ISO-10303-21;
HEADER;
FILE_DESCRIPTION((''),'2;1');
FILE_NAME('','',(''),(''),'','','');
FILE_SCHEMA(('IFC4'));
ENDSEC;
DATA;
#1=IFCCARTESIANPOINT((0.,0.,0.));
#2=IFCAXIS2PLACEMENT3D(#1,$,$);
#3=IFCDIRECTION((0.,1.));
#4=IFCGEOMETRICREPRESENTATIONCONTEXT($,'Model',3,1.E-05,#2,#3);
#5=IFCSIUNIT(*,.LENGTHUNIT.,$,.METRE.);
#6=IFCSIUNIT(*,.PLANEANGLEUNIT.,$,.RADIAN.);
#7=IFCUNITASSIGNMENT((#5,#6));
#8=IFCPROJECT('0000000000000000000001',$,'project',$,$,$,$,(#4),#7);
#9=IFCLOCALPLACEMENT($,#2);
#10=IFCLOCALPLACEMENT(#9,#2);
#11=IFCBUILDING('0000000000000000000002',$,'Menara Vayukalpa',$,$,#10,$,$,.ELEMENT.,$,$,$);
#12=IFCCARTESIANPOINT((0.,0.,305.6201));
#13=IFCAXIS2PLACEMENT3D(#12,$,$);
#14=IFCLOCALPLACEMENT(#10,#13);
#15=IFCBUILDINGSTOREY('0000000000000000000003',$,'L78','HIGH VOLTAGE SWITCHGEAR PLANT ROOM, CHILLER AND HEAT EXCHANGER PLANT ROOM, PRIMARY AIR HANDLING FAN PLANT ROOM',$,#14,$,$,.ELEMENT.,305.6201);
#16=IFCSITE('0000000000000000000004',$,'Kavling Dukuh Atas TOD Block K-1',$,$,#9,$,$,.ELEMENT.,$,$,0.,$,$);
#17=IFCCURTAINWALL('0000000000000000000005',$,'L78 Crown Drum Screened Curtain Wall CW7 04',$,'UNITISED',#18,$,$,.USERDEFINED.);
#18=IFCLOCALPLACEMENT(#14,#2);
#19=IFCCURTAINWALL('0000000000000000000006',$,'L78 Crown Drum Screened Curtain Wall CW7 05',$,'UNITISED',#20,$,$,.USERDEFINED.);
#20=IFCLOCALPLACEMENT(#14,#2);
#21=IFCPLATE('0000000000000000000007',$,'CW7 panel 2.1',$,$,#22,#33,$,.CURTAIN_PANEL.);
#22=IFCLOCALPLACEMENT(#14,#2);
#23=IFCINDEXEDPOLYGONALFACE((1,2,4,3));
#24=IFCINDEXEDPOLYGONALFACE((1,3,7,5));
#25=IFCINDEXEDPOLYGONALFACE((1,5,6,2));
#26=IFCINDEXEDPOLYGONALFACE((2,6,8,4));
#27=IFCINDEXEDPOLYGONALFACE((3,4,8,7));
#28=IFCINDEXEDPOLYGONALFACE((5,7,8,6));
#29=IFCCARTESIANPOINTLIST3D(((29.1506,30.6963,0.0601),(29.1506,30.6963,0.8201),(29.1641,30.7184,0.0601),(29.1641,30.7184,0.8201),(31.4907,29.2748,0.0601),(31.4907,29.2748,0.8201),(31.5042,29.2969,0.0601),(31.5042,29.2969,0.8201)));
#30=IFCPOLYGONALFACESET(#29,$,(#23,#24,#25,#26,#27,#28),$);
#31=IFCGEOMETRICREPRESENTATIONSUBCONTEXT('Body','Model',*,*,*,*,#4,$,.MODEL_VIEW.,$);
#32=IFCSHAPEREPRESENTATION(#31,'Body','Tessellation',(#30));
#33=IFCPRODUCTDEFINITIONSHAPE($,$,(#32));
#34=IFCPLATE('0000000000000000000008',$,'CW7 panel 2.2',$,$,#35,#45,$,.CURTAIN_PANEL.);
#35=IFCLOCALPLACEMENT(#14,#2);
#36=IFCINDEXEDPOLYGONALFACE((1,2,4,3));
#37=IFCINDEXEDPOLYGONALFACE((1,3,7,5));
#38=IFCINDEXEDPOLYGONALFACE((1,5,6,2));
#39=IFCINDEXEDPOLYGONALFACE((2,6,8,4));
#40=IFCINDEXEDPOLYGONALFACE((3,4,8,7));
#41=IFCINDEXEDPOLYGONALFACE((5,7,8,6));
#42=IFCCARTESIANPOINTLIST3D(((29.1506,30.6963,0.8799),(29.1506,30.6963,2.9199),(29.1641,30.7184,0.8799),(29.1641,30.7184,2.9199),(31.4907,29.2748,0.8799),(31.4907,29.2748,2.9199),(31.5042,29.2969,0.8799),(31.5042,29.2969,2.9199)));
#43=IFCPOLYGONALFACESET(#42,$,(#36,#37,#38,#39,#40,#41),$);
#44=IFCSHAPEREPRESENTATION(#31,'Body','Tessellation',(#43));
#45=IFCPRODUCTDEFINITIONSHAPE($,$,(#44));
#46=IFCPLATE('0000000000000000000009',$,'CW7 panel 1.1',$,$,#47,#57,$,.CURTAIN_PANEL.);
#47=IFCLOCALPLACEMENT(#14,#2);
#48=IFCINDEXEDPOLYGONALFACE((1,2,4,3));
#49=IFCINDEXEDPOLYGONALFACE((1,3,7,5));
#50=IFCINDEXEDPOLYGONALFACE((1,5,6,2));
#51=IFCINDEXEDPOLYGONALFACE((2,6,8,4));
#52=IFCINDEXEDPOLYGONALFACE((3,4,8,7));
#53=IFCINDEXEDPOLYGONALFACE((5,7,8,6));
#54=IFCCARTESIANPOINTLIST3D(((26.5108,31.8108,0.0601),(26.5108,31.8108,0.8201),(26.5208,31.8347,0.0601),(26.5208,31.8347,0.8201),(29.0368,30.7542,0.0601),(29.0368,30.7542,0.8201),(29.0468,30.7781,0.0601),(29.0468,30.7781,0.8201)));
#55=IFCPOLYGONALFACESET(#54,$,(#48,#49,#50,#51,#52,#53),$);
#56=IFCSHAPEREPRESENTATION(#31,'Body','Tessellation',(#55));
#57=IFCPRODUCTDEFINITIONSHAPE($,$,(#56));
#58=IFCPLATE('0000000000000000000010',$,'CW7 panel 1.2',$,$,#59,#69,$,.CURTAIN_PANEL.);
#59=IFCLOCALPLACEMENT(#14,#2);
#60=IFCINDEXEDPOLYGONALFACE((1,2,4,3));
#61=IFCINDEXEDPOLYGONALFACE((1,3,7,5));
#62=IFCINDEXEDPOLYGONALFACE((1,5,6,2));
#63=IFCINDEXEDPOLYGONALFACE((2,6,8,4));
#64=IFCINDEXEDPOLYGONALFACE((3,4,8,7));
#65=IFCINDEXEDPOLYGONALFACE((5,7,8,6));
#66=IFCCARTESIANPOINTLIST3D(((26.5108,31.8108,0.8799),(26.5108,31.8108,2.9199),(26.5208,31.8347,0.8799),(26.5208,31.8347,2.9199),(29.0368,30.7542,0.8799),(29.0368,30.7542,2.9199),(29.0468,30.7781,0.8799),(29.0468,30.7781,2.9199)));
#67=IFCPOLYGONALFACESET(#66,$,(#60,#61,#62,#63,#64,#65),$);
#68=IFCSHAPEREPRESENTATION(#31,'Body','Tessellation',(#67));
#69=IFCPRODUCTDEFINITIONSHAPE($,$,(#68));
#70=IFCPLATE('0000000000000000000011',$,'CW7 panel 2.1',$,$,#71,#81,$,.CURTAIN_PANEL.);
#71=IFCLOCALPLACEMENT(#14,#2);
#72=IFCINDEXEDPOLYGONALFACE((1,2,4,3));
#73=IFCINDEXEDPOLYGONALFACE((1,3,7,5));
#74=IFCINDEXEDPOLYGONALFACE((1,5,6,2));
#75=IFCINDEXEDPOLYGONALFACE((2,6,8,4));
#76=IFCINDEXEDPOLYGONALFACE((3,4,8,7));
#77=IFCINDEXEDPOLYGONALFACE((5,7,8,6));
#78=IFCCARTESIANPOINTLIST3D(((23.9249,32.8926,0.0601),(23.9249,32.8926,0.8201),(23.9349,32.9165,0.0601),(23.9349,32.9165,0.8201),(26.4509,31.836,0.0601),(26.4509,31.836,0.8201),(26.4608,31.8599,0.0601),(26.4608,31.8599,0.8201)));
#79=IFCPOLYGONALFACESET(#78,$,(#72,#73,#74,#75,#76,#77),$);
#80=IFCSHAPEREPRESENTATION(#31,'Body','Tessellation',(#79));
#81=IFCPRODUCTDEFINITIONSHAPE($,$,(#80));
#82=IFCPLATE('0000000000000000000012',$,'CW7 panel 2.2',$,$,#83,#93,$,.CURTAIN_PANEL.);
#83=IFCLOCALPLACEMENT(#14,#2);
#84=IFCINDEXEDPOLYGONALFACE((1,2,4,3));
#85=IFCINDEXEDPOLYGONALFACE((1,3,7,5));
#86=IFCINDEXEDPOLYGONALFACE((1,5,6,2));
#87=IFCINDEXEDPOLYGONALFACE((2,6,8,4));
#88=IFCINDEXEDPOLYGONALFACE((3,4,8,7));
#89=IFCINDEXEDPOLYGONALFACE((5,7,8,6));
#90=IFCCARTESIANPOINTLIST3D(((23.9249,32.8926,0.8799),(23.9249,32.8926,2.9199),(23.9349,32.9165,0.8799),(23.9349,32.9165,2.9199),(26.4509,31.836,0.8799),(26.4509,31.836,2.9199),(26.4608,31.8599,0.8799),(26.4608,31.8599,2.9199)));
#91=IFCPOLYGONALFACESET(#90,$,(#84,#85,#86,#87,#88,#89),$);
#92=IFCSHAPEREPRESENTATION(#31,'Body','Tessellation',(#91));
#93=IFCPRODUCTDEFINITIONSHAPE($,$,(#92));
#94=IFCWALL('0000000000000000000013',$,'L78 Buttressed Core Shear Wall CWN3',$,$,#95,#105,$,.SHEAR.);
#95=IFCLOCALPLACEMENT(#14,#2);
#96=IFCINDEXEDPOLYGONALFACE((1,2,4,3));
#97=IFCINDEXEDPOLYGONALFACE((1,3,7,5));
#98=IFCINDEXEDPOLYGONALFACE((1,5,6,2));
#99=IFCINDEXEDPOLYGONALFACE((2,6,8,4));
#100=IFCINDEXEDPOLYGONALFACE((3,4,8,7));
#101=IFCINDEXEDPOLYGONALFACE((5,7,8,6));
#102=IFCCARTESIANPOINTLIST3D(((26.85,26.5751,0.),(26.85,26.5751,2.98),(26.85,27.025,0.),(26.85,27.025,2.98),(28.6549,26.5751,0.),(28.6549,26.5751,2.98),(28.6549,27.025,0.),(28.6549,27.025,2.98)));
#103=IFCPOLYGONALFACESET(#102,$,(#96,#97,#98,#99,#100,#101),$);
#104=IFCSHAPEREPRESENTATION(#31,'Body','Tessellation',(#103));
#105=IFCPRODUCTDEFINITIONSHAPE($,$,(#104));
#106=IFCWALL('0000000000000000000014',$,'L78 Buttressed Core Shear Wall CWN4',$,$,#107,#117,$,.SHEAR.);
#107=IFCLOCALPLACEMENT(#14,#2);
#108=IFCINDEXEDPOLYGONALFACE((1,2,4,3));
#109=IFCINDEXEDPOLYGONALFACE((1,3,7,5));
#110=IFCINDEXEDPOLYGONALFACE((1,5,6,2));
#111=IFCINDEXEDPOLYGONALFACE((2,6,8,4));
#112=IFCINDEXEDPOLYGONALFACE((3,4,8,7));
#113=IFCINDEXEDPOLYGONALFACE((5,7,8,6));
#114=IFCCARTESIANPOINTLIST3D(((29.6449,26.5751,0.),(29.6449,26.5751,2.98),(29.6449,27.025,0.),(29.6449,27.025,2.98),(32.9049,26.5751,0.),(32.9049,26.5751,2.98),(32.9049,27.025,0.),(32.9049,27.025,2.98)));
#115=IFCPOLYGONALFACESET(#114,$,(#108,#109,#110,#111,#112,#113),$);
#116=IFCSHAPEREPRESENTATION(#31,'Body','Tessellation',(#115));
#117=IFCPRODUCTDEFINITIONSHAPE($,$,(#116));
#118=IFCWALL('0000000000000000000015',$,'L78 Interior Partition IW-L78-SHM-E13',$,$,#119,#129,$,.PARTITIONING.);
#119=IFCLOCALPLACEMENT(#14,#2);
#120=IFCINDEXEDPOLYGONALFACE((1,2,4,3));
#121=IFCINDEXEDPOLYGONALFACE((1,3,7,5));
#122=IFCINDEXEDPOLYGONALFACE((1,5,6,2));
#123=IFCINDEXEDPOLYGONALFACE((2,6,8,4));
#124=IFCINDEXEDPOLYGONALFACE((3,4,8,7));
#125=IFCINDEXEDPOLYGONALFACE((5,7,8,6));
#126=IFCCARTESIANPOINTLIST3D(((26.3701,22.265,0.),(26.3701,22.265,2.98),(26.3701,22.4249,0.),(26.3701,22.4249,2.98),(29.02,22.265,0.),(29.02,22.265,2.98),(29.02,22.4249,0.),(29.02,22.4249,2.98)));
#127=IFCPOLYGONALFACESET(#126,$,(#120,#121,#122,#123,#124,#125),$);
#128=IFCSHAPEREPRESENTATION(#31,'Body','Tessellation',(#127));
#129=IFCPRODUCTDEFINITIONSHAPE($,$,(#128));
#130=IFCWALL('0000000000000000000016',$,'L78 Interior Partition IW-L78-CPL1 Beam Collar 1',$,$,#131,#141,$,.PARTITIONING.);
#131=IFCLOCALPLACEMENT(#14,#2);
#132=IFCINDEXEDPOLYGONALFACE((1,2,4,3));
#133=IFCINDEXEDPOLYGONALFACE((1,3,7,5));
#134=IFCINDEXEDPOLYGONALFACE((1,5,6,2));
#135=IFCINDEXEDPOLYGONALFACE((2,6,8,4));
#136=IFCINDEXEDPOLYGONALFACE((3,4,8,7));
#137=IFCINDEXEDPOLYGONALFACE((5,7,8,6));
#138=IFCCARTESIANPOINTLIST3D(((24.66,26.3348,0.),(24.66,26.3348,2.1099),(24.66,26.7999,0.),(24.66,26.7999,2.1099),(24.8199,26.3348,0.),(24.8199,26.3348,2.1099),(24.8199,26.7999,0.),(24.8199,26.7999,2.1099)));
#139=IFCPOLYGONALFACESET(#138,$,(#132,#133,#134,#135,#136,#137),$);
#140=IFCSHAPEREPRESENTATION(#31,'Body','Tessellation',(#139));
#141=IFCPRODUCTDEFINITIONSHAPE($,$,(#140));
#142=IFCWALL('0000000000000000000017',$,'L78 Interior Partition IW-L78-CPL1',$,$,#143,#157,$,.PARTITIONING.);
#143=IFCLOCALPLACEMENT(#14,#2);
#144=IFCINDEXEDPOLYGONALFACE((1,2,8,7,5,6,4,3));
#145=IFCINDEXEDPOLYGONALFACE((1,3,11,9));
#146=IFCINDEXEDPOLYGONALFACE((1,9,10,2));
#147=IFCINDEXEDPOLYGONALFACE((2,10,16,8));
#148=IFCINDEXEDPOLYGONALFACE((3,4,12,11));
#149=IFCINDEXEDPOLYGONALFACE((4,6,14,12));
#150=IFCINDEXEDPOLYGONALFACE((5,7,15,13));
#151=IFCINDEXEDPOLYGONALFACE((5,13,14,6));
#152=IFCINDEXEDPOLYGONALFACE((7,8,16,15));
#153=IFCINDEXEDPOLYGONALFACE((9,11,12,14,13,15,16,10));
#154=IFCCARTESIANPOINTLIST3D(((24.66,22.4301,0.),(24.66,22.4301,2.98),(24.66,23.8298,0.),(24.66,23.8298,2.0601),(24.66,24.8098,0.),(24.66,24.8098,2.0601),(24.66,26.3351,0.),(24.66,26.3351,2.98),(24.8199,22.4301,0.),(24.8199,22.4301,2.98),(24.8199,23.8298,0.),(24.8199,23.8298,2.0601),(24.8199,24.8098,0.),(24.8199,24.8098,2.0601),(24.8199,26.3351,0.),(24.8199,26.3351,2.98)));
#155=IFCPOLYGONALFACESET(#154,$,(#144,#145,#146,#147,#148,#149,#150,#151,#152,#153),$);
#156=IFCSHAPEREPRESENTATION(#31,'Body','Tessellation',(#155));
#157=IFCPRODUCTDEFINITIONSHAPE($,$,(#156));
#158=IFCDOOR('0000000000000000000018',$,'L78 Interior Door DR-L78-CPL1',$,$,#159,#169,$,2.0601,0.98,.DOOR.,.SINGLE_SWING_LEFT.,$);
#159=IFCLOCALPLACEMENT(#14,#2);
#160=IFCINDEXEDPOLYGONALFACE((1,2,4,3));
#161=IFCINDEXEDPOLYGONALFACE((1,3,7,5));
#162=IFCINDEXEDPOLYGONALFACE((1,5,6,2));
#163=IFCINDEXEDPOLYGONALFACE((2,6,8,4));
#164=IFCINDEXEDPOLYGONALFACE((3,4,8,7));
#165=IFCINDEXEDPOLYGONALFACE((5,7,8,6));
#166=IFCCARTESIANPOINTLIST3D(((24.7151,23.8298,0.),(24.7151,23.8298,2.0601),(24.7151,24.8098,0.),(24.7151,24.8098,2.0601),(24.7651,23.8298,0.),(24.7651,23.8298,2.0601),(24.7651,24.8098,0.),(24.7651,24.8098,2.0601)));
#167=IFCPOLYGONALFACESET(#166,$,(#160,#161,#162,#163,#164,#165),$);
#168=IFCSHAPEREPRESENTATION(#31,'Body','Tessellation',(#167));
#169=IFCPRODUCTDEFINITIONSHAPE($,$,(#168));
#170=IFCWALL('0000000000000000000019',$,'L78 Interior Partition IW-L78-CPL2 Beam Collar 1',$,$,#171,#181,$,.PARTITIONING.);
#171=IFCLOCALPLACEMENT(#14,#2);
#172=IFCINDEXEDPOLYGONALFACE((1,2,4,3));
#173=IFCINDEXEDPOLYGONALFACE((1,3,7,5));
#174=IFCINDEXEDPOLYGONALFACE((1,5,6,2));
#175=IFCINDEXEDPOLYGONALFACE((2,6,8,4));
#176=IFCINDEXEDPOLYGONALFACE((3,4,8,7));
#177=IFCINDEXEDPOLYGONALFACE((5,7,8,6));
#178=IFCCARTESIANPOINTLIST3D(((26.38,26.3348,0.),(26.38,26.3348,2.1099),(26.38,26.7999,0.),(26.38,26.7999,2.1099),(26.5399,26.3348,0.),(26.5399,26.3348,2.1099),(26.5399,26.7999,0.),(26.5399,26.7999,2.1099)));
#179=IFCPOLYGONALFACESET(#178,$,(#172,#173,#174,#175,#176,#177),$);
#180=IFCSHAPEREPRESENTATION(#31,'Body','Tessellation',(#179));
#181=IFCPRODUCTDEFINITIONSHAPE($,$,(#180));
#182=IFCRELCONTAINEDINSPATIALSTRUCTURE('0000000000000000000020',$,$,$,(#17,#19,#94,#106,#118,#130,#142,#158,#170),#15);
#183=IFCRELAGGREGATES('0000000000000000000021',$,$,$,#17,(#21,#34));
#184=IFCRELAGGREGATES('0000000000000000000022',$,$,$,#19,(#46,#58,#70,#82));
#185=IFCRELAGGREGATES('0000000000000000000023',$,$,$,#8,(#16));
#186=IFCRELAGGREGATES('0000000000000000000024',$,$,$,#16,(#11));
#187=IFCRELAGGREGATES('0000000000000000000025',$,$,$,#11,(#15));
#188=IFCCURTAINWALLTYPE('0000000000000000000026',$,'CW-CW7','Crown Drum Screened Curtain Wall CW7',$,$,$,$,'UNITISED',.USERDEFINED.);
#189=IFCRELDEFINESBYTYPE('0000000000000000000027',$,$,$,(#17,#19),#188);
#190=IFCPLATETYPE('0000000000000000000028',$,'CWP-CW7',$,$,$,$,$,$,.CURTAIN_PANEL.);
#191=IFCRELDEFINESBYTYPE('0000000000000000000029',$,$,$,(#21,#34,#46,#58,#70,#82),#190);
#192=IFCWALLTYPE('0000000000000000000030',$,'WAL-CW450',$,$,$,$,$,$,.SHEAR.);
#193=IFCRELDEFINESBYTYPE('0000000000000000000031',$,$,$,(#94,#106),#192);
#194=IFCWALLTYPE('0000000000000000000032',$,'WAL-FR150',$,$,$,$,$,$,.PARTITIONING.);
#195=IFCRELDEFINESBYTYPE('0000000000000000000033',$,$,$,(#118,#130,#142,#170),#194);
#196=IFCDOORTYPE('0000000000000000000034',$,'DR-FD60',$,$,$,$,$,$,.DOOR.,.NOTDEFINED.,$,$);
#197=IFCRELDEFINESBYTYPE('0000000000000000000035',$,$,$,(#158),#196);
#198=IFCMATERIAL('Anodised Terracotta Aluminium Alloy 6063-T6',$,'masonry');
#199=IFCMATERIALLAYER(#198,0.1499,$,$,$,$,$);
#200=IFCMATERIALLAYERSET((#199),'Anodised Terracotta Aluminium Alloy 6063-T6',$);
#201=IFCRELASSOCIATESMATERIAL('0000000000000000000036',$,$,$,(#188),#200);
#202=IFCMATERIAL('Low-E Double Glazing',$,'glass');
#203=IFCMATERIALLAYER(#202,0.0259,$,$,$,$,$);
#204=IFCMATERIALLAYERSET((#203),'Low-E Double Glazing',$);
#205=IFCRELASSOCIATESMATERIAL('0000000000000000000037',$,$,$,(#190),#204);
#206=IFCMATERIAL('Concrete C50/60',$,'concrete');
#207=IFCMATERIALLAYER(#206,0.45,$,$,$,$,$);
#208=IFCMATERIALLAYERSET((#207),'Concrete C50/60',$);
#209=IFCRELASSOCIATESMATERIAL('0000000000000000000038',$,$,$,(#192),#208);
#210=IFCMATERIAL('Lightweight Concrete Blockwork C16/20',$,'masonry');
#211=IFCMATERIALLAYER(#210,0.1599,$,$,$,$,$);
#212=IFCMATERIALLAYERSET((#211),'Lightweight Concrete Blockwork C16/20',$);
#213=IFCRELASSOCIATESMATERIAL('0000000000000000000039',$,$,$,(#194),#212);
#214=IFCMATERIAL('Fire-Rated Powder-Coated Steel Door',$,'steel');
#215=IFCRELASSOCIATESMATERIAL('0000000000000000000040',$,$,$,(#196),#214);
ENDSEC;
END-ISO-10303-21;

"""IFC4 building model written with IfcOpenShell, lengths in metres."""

from ifc_helpers import new_model, si_unit, direction, frame, frame_2d, origin, origin_2d, place, context, subcontext, project, spatial, rectangle, extrude, material, layer, layer_set, type_object, element, fill, aggregate, save


model = new_model("IFC4")

# Units and contexts
model_context = context("Model", 3, precision=1e-05, world=origin(), true_north=direction((0.0, 1.0)))
body_context = subcontext(model_context, "Body", "Model", "MODEL_VIEW")
ifc_project = project(units=[si_unit("LENGTHUNIT", "METRE"), si_unit("PLANEANGLEUNIT", "RADIAN")], contexts=[model_context])

# Site, building, storey
site_placement = place(None, origin())
site = spatial("IfcSite", under=ifc_project, at=site_placement, Name="Kavling Dukuh Atas TOD Block K-1", CompositionType="ELEMENT", RefElevation=0.0)
building_placement = place(site_placement, origin())
building = spatial("IfcBuilding", under=site, at=building_placement, Name="Menara Vayukalpa", CompositionType="ELEMENT")
storey_placement = place(building_placement, frame((0.0, 0.0, 305.6201)))
storey = spatial("IfcBuildingStorey", under=building, at=storey_placement, Name="L78", Description="HIGH VOLTAGE SWITCHGEAR PLANT ROOM, CHILLER AND HEAT EXCHANGER PLANT ROOM, PRIMARY AIR HANDLING FAN PLANT ROOM", CompositionType="ELEMENT", Elevation=305.6201)

# Curtain wall
ifc_material_1 = material(Name="Anodised Terracotta Aluminium Alloy 6063-T6", Category="masonry")
ifc_layer_1 = layer(ifc_material_1, 0.1499)
ifc_layer_set_1 = layer_set([ifc_layer_1], Name="Anodised Terracotta Aluminium Alloy 6063-T6")
curtain_wall_type = type_object("IfcCurtainWallType", Name="CW-CW7", Description="Crown Drum Screened Curtain Wall CW7", ElementType="UNITISED", PredefinedType="USERDEFINED", material=ifc_layer_set_1)
curtain_wall_1_placement = place(storey_placement, origin())
curtain_wall_1 = element("IfcCurtainWall", 1, at=curtain_wall_1_placement, inside=storey, type_object=curtain_wall_type, Name="L78 Crown Drum Screened Curtain Wall CW7 04", ObjectType="UNITISED", PredefinedType="USERDEFINED")

# Curtain wall
curtain_wall_2_placement = place(storey_placement, origin())
curtain_wall_2 = element("IfcCurtainWall", 2, at=curtain_wall_2_placement, inside=storey, type_object=curtain_wall_type, Name="L78 Crown Drum Screened Curtain Wall CW7 05", ObjectType="UNITISED", PredefinedType="USERDEFINED")

# Plates
ifc_material_2 = material(Name="Low-E Double Glazing", Category="glass")
ifc_layer_2 = layer(ifc_material_2, 0.0259)
ifc_layer_set_2 = layer_set([ifc_layer_2], Name="Low-E Double Glazing")
plate_type = type_object("IfcPlateType", Name="CWP-CW7", PredefinedType="CURTAIN_PANEL", material=ifc_layer_set_2)
plate_1_placement = place(storey_placement, frame((30.3274, 29.9966, 0.0601), z_axis=(0.0, 0.0, 1.0), x_axis=(-0.854667, 0.519176, 0.0)))
plate_1 = element("IfcPlate", 3, at=plate_1_placement, type_object=plate_type, Name="CW7 panel 2.1", PredefinedType="CURTAIN_PANEL", context=body_context, shape_type="SweptSolid", body=[
    extrude(rectangle(XDim=2.738, YDim=0.0259, at=origin_2d()), origin(), (0.0, 0.0, 1.0), 0.76),
])
plate_2_placement = place(storey_placement, frame((30.3274, 29.9966, 0.8799), z_axis=(0.0, 0.0, 1.0), x_axis=(-0.854667, 0.519176, 0.0)))
plate_2 = element("IfcPlate", 4, at=plate_2_placement, type_object=plate_type, Name="CW7 panel 2.2", PredefinedType="CURTAIN_PANEL", context=body_context, shape_type="SweptSolid", body=[
    extrude(rectangle(XDim=2.738, YDim=0.0259, at=origin_2d()), origin(), (0.0, 0.0, 1.0), 2.04),
])
aggregate(curtain_wall_1, [plate_1, plate_2])
plate_3_placement = place(storey_placement, frame((27.7788, 31.2944, 0.0601), z_axis=(0.0, 0.0, 1.0), x_axis=(-0.922541, 0.385898, 0.0)))
plate_3 = element("IfcPlate", 5, at=plate_3_placement, type_object=plate_type, Name="CW7 panel 1.1", PredefinedType="CURTAIN_PANEL", context=body_context, shape_type="SweptSolid", body=[
    extrude(rectangle(XDim=2.738, YDim=0.0259, at=origin_2d()), origin(), (0.0, 0.0, 1.0), 0.76),
])
plate_4_placement = place(storey_placement, frame((27.7788, 31.2944, 0.8799), z_axis=(0.0, 0.0, 1.0), x_axis=(-0.922541, 0.385898, 0.0)))
plate_4 = element("IfcPlate", 6, at=plate_4_placement, type_object=plate_type, Name="CW7 panel 1.2", PredefinedType="CURTAIN_PANEL", context=body_context, shape_type="SweptSolid", body=[
    extrude(rectangle(XDim=2.738, YDim=0.0259, at=origin_2d()), origin(), (0.0, 0.0, 1.0), 2.04),
])
plate_5_placement = place(storey_placement, frame((25.1929, 32.3762, 0.0601), z_axis=(0.0, 0.0, 1.0), x_axis=(-0.922541, 0.385898, 0.0)))
plate_5 = element("IfcPlate", 7, at=plate_5_placement, type_object=plate_type, Name="CW7 panel 2.1", PredefinedType="CURTAIN_PANEL", context=body_context, shape_type="SweptSolid", body=[
    extrude(rectangle(XDim=2.738, YDim=0.0259, at=origin_2d()), origin(), (0.0, 0.0, 1.0), 0.76),
])
plate_6_placement = place(storey_placement, frame((25.1929, 32.3762, 0.8799), z_axis=(0.0, 0.0, 1.0), x_axis=(-0.922541, 0.385898, 0.0)))
plate_6 = element("IfcPlate", 8, at=plate_6_placement, type_object=plate_type, Name="CW7 panel 2.2", PredefinedType="CURTAIN_PANEL", context=body_context, shape_type="SweptSolid", body=[
    extrude(rectangle(XDim=2.738, YDim=0.0259, at=origin_2d()), origin(), (0.0, 0.0, 1.0), 2.04),
])
aggregate(curtain_wall_2, [plate_3, plate_4, plate_5, plate_6])

# Walls
ifc_material_3 = material(Name="Concrete C50/60", Category="concrete")
ifc_layer_3 = layer(ifc_material_3, 0.45)
ifc_layer_set_3 = layer_set([ifc_layer_3], Name="Concrete C50/60")
wall_type_1 = type_object("IfcWallType", Name="WAL-CW450", PredefinedType="SHEAR", material=ifc_layer_set_3)
wall_1_placement = place(storey_placement, frame((26.8501, 26.8, 0.0), z_axis=(0.0, 0.0, 1.0), x_axis=(1.0, 0.0, 0.0)))
element("IfcWall", 9, at=wall_1_placement, inside=storey, type_object=wall_type_1, Name="L78 Buttressed Core Shear Wall CWN3", PredefinedType="SHEAR", context=body_context, shape_type="SweptSolid", body=[
    extrude(rectangle(XDim=1.8049, YDim=0.45, at=frame_2d((0.9023, 0.0))), origin(), (0.0, 0.0, 1.0), 2.98),
])
wall_2_placement = place(storey_placement, frame((29.645, 26.8, 0.0), z_axis=(0.0, 0.0, 1.0), x_axis=(1.0, 0.0, 0.0)))
element("IfcWall", 10, at=wall_2_placement, inside=storey, type_object=wall_type_1, Name="L78 Buttressed Core Shear Wall CWN4", PredefinedType="SHEAR", context=body_context, shape_type="SweptSolid", body=[
    extrude(rectangle(XDim=3.26, YDim=0.45, at=frame_2d((1.6299, 0.0))), origin(), (0.0, 0.0, 1.0), 2.98),
])
ifc_material_4 = material(Name="Lightweight Concrete Blockwork C16/20", Category="masonry")
ifc_layer_4 = layer(ifc_material_4, 0.1599)
ifc_layer_set_4 = layer_set([ifc_layer_4], Name="Lightweight Concrete Blockwork C16/20")
wall_type_2 = type_object("IfcWallType", Name="WAL-FR150", PredefinedType="PARTITIONING", material=ifc_layer_set_4)
wall_3_placement = place(storey_placement, frame((26.3701, 22.345, 0.0), z_axis=(0.0, 0.0, 1.0), x_axis=(1.0, 0.0, 0.0)))
element("IfcWall", 11, at=wall_3_placement, inside=storey, type_object=wall_type_2, Name="L78 Interior Partition IW-L78-SHM-E13", PredefinedType="PARTITIONING", context=body_context, shape_type="SweptSolid", body=[
    extrude(rectangle(XDim=2.6499, YDim=0.1599, at=frame_2d((1.325, 0.0))), origin(), (0.0, 0.0, 1.0), 2.98),
])
wall_4_placement = place(storey_placement, frame((24.74, 26.335, 0.0), z_axis=(0.0, 0.0, 1.0), x_axis=(0.0, 1.0, 0.0)))
element("IfcWall", 12, at=wall_4_placement, inside=storey, type_object=wall_type_2, Name="L78 Interior Partition IW-L78-CPL1 Beam Collar 1", PredefinedType="PARTITIONING", context=body_context, shape_type="SweptSolid", body=[
    extrude(rectangle(XDim=0.4651, YDim=0.1599, at=frame_2d((0.2324, 0.0))), origin(), (0.0, 0.0, 1.0), 2.1099),
])

# Wall, opening, door
wall_5_placement = place(storey_placement, frame((24.74, 22.4299, 0.0), z_axis=(0.0, 0.0, 1.0), x_axis=(0.0, 1.0, 0.0)))
wall_5 = element("IfcWall", 13, at=wall_5_placement, inside=storey, type_object=wall_type_2, Name="L78 Interior Partition IW-L78-CPL1", PredefinedType="PARTITIONING", context=body_context, shape_type="SweptSolid", body=[
    extrude(rectangle(XDim=3.905, YDim=0.1599, at=frame_2d((1.9526, 0.0))), origin(), (0.0, 0.0, 1.0), 2.98),
])
opening_1_placement = place(wall_5_placement, frame((1.3999, 0.0, 0.0)))
opening_1 = element("IfcOpeningElement", 14, at=opening_1_placement, cuts=wall_5, PredefinedType="OPENING", context=body_context, shape_type="SweptSolid", body=[
    extrude(rectangle(XDim=0.98, YDim=2.0601, at=frame_2d((0.49, 1.03))), frame((0.0, 0.0898, 0.0), z_axis=(0.0, -1.0, 0.0), x_axis=(1.0, 0.0, 0.0)), (0.0, 0.0, 1.0), 0.1799),
])
ifc_material_5 = material(Name="Fire-Rated Powder-Coated Steel Door", Category="steel")
door_type = type_object("IfcDoorType", Name="DR-FD60", OperationType="NOTDEFINED", PredefinedType="DOOR", material=ifc_material_5)
door_1_placement = place(opening_1_placement, origin())
door_1 = element("IfcDoor", 15, at=door_1_placement, inside=storey, type_object=door_type, Name="L78 Interior Door DR-L78-CPL1", OperationType="SINGLE_SWING_LEFT", OverallHeight=2.0601, OverallWidth=0.98, PredefinedType="DOOR", context=body_context, shape_type="SweptSolid", body=[
    extrude(rectangle(XDim=0.98, YDim=2.0601, at=frame_2d((0.49, 1.03))), frame((0.0, 0.0249, 0.0), z_axis=(0.0, -1.0, 0.0), x_axis=(1.0, 0.0, 0.0)), (0.0, 0.0, 1.0), 0.05),
])
fill(opening_1, door_1)

# Wall
wall_6_placement = place(storey_placement, frame((26.46, 26.335, 0.0), z_axis=(0.0, 0.0, 1.0), x_axis=(0.0, 1.0, 0.0)))
element("IfcWall", 16, at=wall_6_placement, inside=storey, type_object=wall_type_2, Name="L78 Interior Partition IW-L78-CPL2 Beam Collar 1", PredefinedType="PARTITIONING", context=body_context, shape_type="SweptSolid", body=[
    extrude(rectangle(XDim=0.4651, YDim=0.1599, at=frame_2d((0.2324, 0.0))), origin(), (0.0, 0.0, 1.0), 2.1099),
])

save(model, "model.ifc")
